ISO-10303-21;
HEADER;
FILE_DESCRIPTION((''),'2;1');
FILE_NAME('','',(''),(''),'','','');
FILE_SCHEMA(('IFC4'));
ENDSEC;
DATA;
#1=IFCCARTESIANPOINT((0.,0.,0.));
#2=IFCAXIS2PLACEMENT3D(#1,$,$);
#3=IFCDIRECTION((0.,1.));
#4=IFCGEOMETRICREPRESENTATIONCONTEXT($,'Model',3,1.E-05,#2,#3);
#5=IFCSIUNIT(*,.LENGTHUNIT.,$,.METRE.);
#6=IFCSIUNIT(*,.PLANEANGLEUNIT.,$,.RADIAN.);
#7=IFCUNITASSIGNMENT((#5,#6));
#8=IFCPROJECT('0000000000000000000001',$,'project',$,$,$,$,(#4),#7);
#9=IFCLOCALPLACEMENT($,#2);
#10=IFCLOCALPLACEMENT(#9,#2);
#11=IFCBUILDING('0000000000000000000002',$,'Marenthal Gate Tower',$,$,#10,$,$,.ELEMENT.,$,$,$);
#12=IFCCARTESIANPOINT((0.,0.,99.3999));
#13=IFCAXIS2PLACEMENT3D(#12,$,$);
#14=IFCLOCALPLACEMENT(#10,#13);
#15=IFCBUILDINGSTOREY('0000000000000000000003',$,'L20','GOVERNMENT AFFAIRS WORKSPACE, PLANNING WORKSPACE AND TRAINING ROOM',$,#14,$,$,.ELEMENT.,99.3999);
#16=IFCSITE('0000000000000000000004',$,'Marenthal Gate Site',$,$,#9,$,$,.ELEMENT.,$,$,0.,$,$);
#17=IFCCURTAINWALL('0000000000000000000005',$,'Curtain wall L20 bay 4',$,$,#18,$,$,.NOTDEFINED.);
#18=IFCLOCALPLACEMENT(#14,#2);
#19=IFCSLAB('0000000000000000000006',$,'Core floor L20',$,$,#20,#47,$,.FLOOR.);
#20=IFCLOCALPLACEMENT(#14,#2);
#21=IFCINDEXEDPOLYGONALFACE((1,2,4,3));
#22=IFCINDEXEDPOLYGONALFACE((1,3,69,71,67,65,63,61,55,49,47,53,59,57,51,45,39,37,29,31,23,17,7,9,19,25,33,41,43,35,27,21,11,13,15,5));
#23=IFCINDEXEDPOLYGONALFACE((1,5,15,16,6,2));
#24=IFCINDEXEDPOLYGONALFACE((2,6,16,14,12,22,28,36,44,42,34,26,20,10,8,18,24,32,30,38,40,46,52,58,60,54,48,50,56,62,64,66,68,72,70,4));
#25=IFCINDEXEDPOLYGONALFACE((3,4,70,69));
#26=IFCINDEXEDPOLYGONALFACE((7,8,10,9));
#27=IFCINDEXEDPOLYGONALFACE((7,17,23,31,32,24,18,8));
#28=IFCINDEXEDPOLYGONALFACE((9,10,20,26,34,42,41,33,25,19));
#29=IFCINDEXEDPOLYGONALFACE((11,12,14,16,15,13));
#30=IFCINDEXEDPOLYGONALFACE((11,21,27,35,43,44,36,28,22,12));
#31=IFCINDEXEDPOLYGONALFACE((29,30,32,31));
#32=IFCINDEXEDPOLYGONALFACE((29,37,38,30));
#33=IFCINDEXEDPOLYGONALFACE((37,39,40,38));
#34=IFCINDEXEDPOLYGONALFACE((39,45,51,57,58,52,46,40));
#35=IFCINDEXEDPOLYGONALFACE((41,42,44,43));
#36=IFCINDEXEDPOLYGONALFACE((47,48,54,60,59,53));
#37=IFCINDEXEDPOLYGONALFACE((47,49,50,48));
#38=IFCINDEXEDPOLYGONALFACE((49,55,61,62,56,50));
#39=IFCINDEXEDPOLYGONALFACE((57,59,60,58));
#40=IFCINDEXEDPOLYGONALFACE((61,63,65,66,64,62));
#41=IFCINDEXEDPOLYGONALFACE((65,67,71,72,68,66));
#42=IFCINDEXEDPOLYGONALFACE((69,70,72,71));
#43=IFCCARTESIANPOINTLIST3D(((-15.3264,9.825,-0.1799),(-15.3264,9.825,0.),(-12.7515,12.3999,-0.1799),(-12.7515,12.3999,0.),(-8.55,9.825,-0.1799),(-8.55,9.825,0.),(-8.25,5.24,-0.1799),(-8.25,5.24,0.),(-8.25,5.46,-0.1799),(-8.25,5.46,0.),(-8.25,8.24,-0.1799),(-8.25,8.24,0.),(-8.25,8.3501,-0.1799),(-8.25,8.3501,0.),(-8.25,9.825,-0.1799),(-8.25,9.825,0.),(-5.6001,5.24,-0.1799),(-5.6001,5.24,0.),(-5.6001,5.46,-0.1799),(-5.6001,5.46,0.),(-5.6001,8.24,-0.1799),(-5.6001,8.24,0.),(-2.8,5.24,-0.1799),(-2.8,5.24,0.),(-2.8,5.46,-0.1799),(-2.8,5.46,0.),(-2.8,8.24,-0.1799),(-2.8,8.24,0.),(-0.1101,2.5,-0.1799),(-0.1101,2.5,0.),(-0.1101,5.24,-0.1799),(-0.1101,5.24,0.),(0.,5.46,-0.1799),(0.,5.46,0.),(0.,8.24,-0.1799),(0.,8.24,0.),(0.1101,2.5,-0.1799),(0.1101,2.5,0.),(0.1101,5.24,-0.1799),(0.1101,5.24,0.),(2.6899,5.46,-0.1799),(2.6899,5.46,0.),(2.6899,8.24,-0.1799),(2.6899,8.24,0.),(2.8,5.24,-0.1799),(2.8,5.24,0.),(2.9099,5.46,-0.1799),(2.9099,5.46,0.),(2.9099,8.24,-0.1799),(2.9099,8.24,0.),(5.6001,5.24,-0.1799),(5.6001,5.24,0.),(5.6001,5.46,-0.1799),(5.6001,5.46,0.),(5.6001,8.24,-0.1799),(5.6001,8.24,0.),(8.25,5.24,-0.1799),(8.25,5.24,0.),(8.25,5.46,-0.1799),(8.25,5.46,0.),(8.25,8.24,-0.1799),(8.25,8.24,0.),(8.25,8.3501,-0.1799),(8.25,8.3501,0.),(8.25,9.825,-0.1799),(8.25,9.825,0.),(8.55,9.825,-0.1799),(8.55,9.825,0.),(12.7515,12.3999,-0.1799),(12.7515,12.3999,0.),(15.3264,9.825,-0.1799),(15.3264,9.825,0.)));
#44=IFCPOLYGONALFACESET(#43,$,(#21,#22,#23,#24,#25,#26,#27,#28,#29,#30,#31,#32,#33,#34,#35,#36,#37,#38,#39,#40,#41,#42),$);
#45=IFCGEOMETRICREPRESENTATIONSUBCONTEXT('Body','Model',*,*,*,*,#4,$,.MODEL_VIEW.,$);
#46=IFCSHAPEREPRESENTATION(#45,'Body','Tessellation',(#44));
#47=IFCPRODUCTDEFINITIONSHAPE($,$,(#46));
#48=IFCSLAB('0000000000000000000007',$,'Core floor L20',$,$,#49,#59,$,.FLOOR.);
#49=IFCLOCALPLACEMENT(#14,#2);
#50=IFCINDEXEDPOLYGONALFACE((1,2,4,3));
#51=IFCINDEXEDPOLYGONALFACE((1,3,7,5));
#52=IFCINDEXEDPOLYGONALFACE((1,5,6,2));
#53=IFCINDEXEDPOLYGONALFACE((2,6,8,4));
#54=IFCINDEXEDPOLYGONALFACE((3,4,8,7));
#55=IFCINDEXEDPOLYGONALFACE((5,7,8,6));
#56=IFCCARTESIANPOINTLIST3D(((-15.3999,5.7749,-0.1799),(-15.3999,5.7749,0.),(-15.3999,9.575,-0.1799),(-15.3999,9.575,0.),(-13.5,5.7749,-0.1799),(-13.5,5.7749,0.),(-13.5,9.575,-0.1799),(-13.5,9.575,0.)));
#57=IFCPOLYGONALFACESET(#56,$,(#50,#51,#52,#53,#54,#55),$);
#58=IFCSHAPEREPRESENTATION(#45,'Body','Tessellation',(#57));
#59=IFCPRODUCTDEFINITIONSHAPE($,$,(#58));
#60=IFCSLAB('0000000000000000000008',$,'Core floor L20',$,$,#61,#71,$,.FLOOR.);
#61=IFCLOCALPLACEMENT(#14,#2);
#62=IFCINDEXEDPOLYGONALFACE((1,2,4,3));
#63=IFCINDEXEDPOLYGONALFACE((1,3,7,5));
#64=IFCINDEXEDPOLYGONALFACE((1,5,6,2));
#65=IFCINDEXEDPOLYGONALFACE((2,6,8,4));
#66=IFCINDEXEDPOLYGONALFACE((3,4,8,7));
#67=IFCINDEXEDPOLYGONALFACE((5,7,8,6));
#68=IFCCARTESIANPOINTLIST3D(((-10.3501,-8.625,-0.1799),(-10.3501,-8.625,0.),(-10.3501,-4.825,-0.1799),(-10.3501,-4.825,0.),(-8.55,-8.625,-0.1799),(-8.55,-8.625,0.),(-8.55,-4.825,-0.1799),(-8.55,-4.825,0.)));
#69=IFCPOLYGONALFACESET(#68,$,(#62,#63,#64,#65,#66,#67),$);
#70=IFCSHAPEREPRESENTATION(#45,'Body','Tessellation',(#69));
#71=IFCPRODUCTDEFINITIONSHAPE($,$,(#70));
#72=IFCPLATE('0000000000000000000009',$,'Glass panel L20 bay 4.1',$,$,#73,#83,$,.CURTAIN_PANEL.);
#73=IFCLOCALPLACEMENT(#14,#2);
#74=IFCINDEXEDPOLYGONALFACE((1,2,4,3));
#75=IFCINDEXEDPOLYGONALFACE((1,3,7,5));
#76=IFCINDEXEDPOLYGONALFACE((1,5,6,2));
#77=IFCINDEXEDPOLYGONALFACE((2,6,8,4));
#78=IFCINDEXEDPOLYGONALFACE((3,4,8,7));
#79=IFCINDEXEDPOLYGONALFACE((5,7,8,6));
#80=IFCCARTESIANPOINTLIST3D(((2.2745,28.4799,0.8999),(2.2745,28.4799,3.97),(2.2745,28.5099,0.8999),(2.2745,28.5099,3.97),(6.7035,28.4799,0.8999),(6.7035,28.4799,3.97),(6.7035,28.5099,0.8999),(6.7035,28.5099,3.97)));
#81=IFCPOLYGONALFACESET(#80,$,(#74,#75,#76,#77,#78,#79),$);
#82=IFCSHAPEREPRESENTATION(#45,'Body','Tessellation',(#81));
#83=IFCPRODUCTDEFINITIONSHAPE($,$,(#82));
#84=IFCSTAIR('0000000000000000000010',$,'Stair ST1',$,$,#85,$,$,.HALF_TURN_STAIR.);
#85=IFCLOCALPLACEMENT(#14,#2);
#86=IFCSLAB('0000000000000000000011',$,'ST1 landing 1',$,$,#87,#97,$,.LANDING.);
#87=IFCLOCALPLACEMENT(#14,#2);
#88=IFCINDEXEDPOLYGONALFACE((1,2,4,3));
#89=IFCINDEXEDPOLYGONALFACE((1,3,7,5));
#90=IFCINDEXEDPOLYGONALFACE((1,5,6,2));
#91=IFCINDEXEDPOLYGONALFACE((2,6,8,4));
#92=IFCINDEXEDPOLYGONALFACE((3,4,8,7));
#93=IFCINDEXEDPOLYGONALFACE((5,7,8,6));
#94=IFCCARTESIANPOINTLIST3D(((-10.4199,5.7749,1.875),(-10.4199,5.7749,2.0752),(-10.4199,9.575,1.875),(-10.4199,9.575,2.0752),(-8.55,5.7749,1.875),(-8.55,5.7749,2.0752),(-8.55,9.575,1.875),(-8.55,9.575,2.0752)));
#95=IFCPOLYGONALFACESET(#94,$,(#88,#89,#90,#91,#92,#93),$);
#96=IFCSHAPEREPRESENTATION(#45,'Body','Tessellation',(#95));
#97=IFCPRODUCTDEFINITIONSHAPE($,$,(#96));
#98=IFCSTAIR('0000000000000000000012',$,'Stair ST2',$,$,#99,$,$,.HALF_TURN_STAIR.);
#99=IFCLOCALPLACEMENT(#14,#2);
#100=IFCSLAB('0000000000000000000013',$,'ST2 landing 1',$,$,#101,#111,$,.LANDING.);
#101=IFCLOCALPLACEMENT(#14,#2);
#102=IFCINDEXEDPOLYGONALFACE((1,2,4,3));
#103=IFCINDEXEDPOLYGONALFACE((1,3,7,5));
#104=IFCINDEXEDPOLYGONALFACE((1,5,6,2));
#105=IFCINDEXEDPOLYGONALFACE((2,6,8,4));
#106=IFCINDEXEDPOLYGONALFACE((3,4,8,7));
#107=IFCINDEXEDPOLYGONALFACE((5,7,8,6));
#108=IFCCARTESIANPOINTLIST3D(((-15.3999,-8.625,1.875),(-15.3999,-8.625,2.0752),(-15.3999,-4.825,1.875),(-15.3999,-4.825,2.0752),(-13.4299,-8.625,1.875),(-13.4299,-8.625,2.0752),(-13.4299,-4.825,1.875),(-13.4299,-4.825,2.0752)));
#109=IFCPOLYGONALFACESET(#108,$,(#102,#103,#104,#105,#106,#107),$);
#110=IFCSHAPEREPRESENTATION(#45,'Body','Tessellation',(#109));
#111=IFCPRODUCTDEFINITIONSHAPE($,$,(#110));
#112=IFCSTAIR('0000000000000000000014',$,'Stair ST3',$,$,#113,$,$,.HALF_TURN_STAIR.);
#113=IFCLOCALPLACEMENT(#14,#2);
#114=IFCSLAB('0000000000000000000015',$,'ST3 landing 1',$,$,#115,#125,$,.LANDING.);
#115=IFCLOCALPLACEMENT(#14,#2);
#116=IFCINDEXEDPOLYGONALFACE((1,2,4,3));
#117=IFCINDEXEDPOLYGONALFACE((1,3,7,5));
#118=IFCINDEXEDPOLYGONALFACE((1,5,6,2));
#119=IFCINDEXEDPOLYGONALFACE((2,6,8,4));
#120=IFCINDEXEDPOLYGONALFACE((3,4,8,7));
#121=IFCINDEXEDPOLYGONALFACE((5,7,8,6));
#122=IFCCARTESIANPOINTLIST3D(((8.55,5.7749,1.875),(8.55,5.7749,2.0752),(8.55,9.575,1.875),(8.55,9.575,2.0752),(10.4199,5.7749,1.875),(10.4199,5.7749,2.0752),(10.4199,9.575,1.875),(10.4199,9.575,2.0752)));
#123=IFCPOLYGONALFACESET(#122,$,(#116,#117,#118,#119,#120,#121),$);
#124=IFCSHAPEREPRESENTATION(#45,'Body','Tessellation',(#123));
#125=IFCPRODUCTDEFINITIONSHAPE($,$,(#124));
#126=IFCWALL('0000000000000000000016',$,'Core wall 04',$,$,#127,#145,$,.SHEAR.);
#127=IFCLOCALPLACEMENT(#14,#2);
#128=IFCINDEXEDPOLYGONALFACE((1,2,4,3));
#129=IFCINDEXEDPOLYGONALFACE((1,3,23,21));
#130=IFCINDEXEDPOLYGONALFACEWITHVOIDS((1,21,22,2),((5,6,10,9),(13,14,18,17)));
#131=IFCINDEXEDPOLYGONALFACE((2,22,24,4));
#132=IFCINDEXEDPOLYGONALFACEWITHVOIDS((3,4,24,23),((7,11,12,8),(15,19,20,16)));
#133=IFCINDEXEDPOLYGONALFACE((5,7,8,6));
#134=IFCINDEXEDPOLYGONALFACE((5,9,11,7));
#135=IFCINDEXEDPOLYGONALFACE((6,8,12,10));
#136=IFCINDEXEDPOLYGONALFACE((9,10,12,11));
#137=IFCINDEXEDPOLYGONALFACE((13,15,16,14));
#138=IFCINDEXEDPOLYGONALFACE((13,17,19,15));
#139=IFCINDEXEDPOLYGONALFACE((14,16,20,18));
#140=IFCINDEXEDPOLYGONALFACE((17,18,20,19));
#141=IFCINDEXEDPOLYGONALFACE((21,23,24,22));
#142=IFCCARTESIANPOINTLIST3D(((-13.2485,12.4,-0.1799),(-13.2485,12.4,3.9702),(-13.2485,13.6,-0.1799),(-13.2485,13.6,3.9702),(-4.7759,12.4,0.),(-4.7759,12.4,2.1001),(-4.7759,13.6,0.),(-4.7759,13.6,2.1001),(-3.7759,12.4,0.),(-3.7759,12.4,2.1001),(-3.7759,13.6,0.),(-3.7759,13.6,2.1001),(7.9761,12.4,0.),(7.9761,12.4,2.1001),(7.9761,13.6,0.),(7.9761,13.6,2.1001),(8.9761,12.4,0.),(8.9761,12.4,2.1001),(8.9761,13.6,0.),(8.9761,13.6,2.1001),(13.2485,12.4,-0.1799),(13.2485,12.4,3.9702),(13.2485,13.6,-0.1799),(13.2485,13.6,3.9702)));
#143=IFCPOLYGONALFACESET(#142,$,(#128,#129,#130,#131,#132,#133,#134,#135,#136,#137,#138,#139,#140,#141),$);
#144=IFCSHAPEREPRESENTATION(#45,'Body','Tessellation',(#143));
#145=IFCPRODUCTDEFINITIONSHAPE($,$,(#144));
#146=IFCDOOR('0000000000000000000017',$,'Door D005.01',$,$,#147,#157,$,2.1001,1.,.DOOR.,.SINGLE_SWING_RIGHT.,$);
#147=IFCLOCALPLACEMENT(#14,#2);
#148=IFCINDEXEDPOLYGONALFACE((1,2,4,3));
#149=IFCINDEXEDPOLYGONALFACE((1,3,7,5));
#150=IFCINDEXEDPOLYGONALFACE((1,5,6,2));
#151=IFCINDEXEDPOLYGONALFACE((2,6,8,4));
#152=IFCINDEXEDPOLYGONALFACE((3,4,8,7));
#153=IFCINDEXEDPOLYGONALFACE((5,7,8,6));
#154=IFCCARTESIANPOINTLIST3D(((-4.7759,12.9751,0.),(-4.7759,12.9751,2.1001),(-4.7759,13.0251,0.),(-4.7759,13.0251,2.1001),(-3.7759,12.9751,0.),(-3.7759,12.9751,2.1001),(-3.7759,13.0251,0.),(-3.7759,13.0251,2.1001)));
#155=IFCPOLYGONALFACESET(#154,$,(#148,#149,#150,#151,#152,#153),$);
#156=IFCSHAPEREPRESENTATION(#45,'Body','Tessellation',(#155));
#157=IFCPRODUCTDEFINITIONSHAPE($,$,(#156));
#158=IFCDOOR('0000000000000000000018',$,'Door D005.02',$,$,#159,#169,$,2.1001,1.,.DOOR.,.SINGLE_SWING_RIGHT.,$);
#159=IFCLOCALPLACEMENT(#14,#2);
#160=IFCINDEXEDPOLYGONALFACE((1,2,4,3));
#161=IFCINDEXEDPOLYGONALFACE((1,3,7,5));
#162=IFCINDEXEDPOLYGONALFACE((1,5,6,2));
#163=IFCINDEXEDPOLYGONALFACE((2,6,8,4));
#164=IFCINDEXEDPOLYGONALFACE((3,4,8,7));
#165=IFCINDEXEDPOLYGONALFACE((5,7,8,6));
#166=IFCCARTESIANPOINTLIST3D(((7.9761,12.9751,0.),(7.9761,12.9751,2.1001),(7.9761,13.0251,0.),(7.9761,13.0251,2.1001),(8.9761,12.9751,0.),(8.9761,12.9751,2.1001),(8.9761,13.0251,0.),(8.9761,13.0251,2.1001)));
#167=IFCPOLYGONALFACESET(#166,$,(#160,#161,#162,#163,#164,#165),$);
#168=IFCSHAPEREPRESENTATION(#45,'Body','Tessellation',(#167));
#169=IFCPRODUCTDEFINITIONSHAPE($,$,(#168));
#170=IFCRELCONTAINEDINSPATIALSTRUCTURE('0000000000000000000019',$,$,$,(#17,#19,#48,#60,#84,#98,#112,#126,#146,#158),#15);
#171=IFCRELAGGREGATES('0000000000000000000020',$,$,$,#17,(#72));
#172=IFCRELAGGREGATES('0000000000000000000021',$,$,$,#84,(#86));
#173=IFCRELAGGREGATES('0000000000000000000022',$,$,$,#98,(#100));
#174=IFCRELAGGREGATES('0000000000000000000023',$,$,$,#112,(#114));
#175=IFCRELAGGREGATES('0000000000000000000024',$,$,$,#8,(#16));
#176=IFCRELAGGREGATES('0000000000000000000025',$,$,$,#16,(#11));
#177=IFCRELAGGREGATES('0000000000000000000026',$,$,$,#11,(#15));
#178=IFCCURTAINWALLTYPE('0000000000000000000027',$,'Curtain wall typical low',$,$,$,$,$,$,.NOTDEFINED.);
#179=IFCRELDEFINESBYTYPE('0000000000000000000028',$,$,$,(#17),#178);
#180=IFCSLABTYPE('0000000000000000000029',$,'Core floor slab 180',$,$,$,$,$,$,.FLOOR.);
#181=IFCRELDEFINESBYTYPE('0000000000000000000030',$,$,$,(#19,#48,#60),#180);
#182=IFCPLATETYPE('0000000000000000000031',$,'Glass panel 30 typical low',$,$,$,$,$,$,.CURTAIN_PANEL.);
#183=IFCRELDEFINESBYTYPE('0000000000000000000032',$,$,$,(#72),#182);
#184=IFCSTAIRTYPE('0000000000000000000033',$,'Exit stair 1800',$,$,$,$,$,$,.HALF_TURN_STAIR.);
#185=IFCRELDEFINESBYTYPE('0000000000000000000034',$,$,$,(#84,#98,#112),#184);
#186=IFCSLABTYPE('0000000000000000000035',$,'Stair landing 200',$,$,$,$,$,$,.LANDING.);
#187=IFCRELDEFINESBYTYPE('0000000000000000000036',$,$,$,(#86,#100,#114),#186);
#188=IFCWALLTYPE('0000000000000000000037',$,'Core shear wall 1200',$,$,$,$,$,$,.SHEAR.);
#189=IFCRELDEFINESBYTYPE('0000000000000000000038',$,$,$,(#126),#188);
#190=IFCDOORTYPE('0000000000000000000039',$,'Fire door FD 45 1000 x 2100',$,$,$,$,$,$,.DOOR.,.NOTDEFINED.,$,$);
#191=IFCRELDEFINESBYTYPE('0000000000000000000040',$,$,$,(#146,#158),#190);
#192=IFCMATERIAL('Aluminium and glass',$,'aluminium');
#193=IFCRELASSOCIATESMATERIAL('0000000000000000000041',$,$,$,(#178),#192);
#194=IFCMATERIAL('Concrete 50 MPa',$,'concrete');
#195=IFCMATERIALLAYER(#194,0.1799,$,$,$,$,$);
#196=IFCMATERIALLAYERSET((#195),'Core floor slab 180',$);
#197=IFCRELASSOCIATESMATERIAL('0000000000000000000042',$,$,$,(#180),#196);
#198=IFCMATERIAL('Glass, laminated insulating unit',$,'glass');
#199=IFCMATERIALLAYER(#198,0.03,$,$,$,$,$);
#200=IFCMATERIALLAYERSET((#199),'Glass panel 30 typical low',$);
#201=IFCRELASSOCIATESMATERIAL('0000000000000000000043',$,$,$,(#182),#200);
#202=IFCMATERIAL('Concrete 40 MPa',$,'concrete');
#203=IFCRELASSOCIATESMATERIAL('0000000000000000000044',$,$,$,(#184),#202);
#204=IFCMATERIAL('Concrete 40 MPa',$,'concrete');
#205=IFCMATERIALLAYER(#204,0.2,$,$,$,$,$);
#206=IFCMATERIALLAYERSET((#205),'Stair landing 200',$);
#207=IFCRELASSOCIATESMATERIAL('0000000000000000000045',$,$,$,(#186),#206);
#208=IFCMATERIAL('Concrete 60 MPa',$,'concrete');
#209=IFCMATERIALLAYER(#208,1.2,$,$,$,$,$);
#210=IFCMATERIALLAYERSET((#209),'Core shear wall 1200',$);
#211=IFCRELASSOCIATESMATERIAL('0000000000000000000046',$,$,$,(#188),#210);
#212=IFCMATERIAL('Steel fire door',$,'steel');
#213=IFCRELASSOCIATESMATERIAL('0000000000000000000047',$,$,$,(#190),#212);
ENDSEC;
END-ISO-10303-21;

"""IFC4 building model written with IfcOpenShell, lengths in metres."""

from ifc_helpers import new_model, si_unit, direction, frame, frame_2d, origin, origin_2d, place, context, subcontext, project, spatial, polyline, rectangle, outline, extrude, material, layer, layer_set, type_object, element, fill, aggregate, save


model = new_model("IFC4")

# Units and contexts
model_context = context("Model", 3, precision=1e-05, world=origin(), true_north=direction((0.0, 1.0)))
body_context = subcontext(model_context, "Body", "Model", "MODEL_VIEW")
ifc_project = project(units=[si_unit("LENGTHUNIT", "METRE"), si_unit("PLANEANGLEUNIT", "RADIAN")], contexts=[model_context])

# Site, building, storey
site_placement = place(None, origin())
site = spatial("IfcSite", under=ifc_project, at=site_placement, Name="Marenthal Gate Site", CompositionType="ELEMENT", RefElevation=0.0)
building_placement = place(site_placement, origin())
building = spatial("IfcBuilding", under=site, at=building_placement, Name="Marenthal Gate Tower", CompositionType="ELEMENT")
storey_placement = place(building_placement, frame((0.0, 0.0, 99.3999)))
storey = spatial("IfcBuildingStorey", under=building, at=storey_placement, Name="L20", Description="GOVERNMENT AFFAIRS WORKSPACE, PLANNING WORKSPACE AND TRAINING ROOM", CompositionType="ELEMENT", Elevation=99.3999)

# Curtain wall
ifc_material_1 = material(Name="Aluminium and glass", Category="aluminium")
curtain_wall_type = type_object("IfcCurtainWallType", Name="Curtain wall typical low", PredefinedType="NOTDEFINED", material=ifc_material_1)
curtain_wall_placement = place(storey_placement, origin())
curtain_wall = element("IfcCurtainWall", 1, at=curtain_wall_placement, inside=storey, type_object=curtain_wall_type, Name="Curtain wall L20 bay 4", PredefinedType="NOTDEFINED")

# Slabs
ifc_material_2 = material(Name="Concrete 50 MPa", Category="concrete")
ifc_layer_1 = layer(ifc_material_2, 0.1799)
ifc_layer_set_1 = layer_set([ifc_layer_1], Name="Core floor slab 180")
slab_type_1 = type_object("IfcSlabType", Name="Core floor slab 180", PredefinedType="FLOOR", material=ifc_layer_set_1)
slab_1_placement = place(storey_placement, frame((0.0, 0.0, -0.1799)))
element("IfcSlab", 2, at=slab_1_placement, inside=storey, type_object=slab_type_1, Name="Core floor L20", PredefinedType="FLOOR", context=body_context, shape_type="SweptSolid", body=[
    extrude(outline(polyline([(12.7515, 12.3999), (15.3264, 9.825), (8.55, 9.825), (8.25, 9.825), (8.25, 8.3501), (8.25, 8.24), (5.6001, 8.24), (2.9099, 8.24), (2.9099, 5.46), (5.6001, 5.46), (8.25, 5.46), (8.25, 5.24), (5.6001, 5.24), (2.8, 5.24), (0.1101, 5.24), (0.1101, 2.5), (-0.1101, 2.5), (-0.1101, 5.24), (-2.8, 5.24), (-5.6001, 5.24), (-8.25, 5.24), (-8.25, 5.46), (-5.6001, 5.46), (-2.8, 5.46), (0.0, 5.46), (2.6899, 5.46), (2.6899, 8.24), (0.0, 8.24), (-2.8, 8.24), (-5.6001, 8.24), (-8.25, 8.24), (-8.25, 8.3501), (-8.25, 9.825), (-8.55, 9.825), (-15.3264, 9.825), (-12.7515, 12.3999), (12.7515, 12.3999)])), origin(), (0.0, 0.0, 1.0), 0.1799),
])
slab_2_placement = place(storey_placement, frame((0.0, 0.0, -0.1799)))
element("IfcSlab", 3, at=slab_2_placement, inside=storey, type_object=slab_type_1, Name="Core floor L20", PredefinedType="FLOOR", context=body_context, shape_type="SweptSolid", body=[
    extrude(outline(polyline([(-15.3999, 9.575), (-13.5, 9.575), (-13.5, 5.7749), (-15.3999, 5.7749), (-15.3999, 9.575)])), origin(), (0.0, 0.0, 1.0), 0.1799),
])
slab_3_placement = place(storey_placement, frame((0.0, 0.0, -0.1799)))
element("IfcSlab", 4, at=slab_3_placement, inside=storey, type_object=slab_type_1, Name="Core floor L20", PredefinedType="FLOOR", context=body_context, shape_type="SweptSolid", body=[
    extrude(outline(polyline([(-8.55, -8.625), (-10.3501, -8.625), (-10.3501, -4.825), (-8.55, -4.825), (-8.55, -8.625)])), origin(), (0.0, 0.0, 1.0), 0.1799),
])

# Plate
ifc_material_3 = material(Name="Glass, laminated insulating unit", Category="glass")
ifc_layer_2 = layer(ifc_material_3, 0.03)
ifc_layer_set_2 = layer_set([ifc_layer_2], Name="Glass panel 30 typical low")
plate_type = type_object("IfcPlateType", Name="Glass panel 30 typical low", PredefinedType="CURTAIN_PANEL", material=ifc_layer_set_2)
plate_placement = place(storey_placement, frame((4.489, 28.4949, 0.8999), z_axis=(0.0, 0.0, 1.0), x_axis=(-1.0, 0.0, 0.0)))
plate = element("IfcPlate", 5, at=plate_placement, type_object=plate_type, Name="Glass panel L20 bay 4.1", PredefinedType="CURTAIN_PANEL", context=body_context, shape_type="SweptSolid", body=[
    extrude(rectangle(XDim=4.429, YDim=0.03, at=origin_2d()), origin(), (0.0, 0.0, 1.0), 3.0701),
])
aggregate(curtain_wall, [plate])

# Stairs, slabs
ifc_material_4 = material(Name="Concrete 40 MPa", Category="concrete")
stair_type = type_object("IfcStairType", Name="Exit stair 1800", PredefinedType="HALF_TURN_STAIR", material=ifc_material_4)
stair_1_placement = place(storey_placement, origin())
stair_1 = element("IfcStair", 6, at=stair_1_placement, inside=storey, type_object=stair_type, Name="Stair ST1", PredefinedType="HALF_TURN_STAIR")
ifc_material_5 = material(Name="Concrete 40 MPa", Category="concrete")
ifc_layer_3 = layer(ifc_material_5, 0.2)
ifc_layer_set_3 = layer_set([ifc_layer_3], Name="Stair landing 200")
slab_type_2 = type_object("IfcSlabType", Name="Stair landing 200", PredefinedType="LANDING", material=ifc_layer_set_3)
slab_4_placement = place(storey_placement, frame((0.0, 0.0, 1.875)))
slab_4 = element("IfcSlab", 7, at=slab_4_placement, type_object=slab_type_2, Name="ST1 landing 1", PredefinedType="LANDING", context=body_context, shape_type="SweptSolid", body=[
    extrude(outline(polyline([(-10.4199, 5.7749), (-8.55, 5.7749), (-8.55, 9.575), (-10.4199, 9.575), (-10.4199, 5.7749)])), origin(), (0.0, 0.0, 1.0), 0.2002),
])
aggregate(stair_1, [slab_4])
stair_2_placement = place(storey_placement, origin())
stair_2 = element("IfcStair", 8, at=stair_2_placement, inside=storey, type_object=stair_type, Name="Stair ST2", PredefinedType="HALF_TURN_STAIR")
slab_5_placement = place(storey_placement, frame((0.0, 0.0, 1.875)))
slab_5 = element("IfcSlab", 9, at=slab_5_placement, type_object=slab_type_2, Name="ST2 landing 1", PredefinedType="LANDING", context=body_context, shape_type="SweptSolid", body=[
    extrude(outline(polyline([(-15.3999, -8.625), (-13.4299, -8.625), (-13.4299, -4.825), (-15.3999, -4.825), (-15.3999, -8.625)])), origin(), (0.0, 0.0, 1.0), 0.2002),
])
aggregate(stair_2, [slab_5])
stair_3_placement = place(storey_placement, origin())
stair_3 = element("IfcStair", 10, at=stair_3_placement, inside=storey, type_object=stair_type, Name="Stair ST3", PredefinedType="HALF_TURN_STAIR")
slab_6_placement = place(storey_placement, frame((0.0, 0.0, 1.875)))
slab_6 = element("IfcSlab", 11, at=slab_6_placement, type_object=slab_type_2, Name="ST3 landing 1", PredefinedType="LANDING", context=body_context, shape_type="SweptSolid", body=[
    extrude(outline(polyline([(8.55, 5.7749), (10.4199, 5.7749), (10.4199, 9.575), (8.55, 9.575), (8.55, 5.7749)])), origin(), (0.0, 0.0, 1.0), 0.2002),
])

# Wall, openings, doors
ifc_material_6 = material(Name="Concrete 60 MPa", Category="concrete")
ifc_layer_4 = layer(ifc_material_6, 1.2)
ifc_layer_set_4 = layer_set([ifc_layer_4], Name="Core shear wall 1200")
wall_type_1 = type_object("IfcWallType", Name="Core shear wall 1200", PredefinedType="SHEAR", material=ifc_layer_set_4)
wall_1_placement = place(storey_placement, frame((13.2485, 13.0, -0.1799), z_axis=(0.0, 0.0, 1.0), x_axis=(-1.0, 0.0, 0.0)))
wall_1 = element("IfcWall", 12, at=wall_1_placement, inside=storey, type_object=wall_type_1, Name="Core wall 04", PredefinedType="SHEAR", context=body_context, shape_type="SweptSolid", body=[
    extrude(rectangle(XDim=26.4971, YDim=1.2, at=frame_2d((13.2485, 0.0))), origin(), (0.0, 0.0, 1.0), 4.1501),
])
opening_1_placement = place(wall_1_placement, frame((17.0244, 0.0, 0.1799)))
opening_1 = element("IfcOpeningElement", 13, at=opening_1_placement, cuts=wall_1, PredefinedType="OPENING", context=body_context, shape_type="SweptSolid", body=[
    extrude(rectangle(XDim=1.0, YDim=2.1001, at=frame_2d((0.5, 1.05))), frame((0.0, 0.6099, 0.0), z_axis=(0.0, -1.0, 0.0), x_axis=(1.0, 0.0, 0.0)), (0.0, 0.0, 1.0), 1.22),
])
opening_2_placement = place(wall_1_placement, frame((4.2725, 0.0, 0.1799)))
opening_2 = element("IfcOpeningElement", 14, at=opening_2_placement, cuts=wall_1, PredefinedType="OPENING", context=body_context, shape_type="SweptSolid", body=[
    extrude(rectangle(XDim=1.0, YDim=2.1001, at=frame_2d((0.5, 1.05))), frame((0.0, 0.6099, 0.0), z_axis=(0.0, -1.0, 0.0), x_axis=(1.0, 0.0, 0.0)), (0.0, 0.0, 1.0), 1.22),
])
ifc_material_7 = material(Name="Steel fire door", Category="steel")
door_type_1 = type_object("IfcDoorType", Name="Fire door FD 45 1000 x 2100", OperationType="NOTDEFINED", PredefinedType="DOOR", material=ifc_material_7)
door_1_placement = place(opening_1_placement, origin())
door_1 = element("IfcDoor", 15, at=door_1_placement, inside=storey, type_object=door_type_1, Name="Door D005.01", OperationType="SINGLE_SWING_RIGHT", OverallHeight=2.1001, OverallWidth=1.0, PredefinedType="DOOR", context=body_context, shape_type="SweptSolid", body=[
    extrude(rectangle(XDim=1.0, YDim=2.1001, at=frame_2d((0.5, 1.05))), frame((0.0, 0.0249, 0.0), z_axis=(0.0, -1.0, 0.0), x_axis=(1.0, 0.0, 0.0)), (0.0, 0.0, 1.0), 0.05),
])
fill(opening_1, door_1)
door_2_placement = place(opening_2_placement, origin())
door_2 = element("IfcDoor", 16, at=door_2_placement, inside=storey, type_object=door_type_1, Name="Door D005.02", OperationType="SINGLE_SWING_RIGHT", OverallHeight=2.1001, OverallWidth=1.0, PredefinedType="DOOR", context=body_context, shape_type="SweptSolid", body=[
    extrude(rectangle(XDim=1.0, YDim=2.1001, at=frame_2d((0.5, 1.05))), frame((0.0, 0.0249, 0.0), z_axis=(0.0, -1.0, 0.0), x_axis=(1.0, 0.0, 0.0)), (0.0, 0.0, 1.0), 0.05),
])
fill(opening_2, door_2)

aggregate(stair_3, [slab_6])

save(model, "model.ifc")
